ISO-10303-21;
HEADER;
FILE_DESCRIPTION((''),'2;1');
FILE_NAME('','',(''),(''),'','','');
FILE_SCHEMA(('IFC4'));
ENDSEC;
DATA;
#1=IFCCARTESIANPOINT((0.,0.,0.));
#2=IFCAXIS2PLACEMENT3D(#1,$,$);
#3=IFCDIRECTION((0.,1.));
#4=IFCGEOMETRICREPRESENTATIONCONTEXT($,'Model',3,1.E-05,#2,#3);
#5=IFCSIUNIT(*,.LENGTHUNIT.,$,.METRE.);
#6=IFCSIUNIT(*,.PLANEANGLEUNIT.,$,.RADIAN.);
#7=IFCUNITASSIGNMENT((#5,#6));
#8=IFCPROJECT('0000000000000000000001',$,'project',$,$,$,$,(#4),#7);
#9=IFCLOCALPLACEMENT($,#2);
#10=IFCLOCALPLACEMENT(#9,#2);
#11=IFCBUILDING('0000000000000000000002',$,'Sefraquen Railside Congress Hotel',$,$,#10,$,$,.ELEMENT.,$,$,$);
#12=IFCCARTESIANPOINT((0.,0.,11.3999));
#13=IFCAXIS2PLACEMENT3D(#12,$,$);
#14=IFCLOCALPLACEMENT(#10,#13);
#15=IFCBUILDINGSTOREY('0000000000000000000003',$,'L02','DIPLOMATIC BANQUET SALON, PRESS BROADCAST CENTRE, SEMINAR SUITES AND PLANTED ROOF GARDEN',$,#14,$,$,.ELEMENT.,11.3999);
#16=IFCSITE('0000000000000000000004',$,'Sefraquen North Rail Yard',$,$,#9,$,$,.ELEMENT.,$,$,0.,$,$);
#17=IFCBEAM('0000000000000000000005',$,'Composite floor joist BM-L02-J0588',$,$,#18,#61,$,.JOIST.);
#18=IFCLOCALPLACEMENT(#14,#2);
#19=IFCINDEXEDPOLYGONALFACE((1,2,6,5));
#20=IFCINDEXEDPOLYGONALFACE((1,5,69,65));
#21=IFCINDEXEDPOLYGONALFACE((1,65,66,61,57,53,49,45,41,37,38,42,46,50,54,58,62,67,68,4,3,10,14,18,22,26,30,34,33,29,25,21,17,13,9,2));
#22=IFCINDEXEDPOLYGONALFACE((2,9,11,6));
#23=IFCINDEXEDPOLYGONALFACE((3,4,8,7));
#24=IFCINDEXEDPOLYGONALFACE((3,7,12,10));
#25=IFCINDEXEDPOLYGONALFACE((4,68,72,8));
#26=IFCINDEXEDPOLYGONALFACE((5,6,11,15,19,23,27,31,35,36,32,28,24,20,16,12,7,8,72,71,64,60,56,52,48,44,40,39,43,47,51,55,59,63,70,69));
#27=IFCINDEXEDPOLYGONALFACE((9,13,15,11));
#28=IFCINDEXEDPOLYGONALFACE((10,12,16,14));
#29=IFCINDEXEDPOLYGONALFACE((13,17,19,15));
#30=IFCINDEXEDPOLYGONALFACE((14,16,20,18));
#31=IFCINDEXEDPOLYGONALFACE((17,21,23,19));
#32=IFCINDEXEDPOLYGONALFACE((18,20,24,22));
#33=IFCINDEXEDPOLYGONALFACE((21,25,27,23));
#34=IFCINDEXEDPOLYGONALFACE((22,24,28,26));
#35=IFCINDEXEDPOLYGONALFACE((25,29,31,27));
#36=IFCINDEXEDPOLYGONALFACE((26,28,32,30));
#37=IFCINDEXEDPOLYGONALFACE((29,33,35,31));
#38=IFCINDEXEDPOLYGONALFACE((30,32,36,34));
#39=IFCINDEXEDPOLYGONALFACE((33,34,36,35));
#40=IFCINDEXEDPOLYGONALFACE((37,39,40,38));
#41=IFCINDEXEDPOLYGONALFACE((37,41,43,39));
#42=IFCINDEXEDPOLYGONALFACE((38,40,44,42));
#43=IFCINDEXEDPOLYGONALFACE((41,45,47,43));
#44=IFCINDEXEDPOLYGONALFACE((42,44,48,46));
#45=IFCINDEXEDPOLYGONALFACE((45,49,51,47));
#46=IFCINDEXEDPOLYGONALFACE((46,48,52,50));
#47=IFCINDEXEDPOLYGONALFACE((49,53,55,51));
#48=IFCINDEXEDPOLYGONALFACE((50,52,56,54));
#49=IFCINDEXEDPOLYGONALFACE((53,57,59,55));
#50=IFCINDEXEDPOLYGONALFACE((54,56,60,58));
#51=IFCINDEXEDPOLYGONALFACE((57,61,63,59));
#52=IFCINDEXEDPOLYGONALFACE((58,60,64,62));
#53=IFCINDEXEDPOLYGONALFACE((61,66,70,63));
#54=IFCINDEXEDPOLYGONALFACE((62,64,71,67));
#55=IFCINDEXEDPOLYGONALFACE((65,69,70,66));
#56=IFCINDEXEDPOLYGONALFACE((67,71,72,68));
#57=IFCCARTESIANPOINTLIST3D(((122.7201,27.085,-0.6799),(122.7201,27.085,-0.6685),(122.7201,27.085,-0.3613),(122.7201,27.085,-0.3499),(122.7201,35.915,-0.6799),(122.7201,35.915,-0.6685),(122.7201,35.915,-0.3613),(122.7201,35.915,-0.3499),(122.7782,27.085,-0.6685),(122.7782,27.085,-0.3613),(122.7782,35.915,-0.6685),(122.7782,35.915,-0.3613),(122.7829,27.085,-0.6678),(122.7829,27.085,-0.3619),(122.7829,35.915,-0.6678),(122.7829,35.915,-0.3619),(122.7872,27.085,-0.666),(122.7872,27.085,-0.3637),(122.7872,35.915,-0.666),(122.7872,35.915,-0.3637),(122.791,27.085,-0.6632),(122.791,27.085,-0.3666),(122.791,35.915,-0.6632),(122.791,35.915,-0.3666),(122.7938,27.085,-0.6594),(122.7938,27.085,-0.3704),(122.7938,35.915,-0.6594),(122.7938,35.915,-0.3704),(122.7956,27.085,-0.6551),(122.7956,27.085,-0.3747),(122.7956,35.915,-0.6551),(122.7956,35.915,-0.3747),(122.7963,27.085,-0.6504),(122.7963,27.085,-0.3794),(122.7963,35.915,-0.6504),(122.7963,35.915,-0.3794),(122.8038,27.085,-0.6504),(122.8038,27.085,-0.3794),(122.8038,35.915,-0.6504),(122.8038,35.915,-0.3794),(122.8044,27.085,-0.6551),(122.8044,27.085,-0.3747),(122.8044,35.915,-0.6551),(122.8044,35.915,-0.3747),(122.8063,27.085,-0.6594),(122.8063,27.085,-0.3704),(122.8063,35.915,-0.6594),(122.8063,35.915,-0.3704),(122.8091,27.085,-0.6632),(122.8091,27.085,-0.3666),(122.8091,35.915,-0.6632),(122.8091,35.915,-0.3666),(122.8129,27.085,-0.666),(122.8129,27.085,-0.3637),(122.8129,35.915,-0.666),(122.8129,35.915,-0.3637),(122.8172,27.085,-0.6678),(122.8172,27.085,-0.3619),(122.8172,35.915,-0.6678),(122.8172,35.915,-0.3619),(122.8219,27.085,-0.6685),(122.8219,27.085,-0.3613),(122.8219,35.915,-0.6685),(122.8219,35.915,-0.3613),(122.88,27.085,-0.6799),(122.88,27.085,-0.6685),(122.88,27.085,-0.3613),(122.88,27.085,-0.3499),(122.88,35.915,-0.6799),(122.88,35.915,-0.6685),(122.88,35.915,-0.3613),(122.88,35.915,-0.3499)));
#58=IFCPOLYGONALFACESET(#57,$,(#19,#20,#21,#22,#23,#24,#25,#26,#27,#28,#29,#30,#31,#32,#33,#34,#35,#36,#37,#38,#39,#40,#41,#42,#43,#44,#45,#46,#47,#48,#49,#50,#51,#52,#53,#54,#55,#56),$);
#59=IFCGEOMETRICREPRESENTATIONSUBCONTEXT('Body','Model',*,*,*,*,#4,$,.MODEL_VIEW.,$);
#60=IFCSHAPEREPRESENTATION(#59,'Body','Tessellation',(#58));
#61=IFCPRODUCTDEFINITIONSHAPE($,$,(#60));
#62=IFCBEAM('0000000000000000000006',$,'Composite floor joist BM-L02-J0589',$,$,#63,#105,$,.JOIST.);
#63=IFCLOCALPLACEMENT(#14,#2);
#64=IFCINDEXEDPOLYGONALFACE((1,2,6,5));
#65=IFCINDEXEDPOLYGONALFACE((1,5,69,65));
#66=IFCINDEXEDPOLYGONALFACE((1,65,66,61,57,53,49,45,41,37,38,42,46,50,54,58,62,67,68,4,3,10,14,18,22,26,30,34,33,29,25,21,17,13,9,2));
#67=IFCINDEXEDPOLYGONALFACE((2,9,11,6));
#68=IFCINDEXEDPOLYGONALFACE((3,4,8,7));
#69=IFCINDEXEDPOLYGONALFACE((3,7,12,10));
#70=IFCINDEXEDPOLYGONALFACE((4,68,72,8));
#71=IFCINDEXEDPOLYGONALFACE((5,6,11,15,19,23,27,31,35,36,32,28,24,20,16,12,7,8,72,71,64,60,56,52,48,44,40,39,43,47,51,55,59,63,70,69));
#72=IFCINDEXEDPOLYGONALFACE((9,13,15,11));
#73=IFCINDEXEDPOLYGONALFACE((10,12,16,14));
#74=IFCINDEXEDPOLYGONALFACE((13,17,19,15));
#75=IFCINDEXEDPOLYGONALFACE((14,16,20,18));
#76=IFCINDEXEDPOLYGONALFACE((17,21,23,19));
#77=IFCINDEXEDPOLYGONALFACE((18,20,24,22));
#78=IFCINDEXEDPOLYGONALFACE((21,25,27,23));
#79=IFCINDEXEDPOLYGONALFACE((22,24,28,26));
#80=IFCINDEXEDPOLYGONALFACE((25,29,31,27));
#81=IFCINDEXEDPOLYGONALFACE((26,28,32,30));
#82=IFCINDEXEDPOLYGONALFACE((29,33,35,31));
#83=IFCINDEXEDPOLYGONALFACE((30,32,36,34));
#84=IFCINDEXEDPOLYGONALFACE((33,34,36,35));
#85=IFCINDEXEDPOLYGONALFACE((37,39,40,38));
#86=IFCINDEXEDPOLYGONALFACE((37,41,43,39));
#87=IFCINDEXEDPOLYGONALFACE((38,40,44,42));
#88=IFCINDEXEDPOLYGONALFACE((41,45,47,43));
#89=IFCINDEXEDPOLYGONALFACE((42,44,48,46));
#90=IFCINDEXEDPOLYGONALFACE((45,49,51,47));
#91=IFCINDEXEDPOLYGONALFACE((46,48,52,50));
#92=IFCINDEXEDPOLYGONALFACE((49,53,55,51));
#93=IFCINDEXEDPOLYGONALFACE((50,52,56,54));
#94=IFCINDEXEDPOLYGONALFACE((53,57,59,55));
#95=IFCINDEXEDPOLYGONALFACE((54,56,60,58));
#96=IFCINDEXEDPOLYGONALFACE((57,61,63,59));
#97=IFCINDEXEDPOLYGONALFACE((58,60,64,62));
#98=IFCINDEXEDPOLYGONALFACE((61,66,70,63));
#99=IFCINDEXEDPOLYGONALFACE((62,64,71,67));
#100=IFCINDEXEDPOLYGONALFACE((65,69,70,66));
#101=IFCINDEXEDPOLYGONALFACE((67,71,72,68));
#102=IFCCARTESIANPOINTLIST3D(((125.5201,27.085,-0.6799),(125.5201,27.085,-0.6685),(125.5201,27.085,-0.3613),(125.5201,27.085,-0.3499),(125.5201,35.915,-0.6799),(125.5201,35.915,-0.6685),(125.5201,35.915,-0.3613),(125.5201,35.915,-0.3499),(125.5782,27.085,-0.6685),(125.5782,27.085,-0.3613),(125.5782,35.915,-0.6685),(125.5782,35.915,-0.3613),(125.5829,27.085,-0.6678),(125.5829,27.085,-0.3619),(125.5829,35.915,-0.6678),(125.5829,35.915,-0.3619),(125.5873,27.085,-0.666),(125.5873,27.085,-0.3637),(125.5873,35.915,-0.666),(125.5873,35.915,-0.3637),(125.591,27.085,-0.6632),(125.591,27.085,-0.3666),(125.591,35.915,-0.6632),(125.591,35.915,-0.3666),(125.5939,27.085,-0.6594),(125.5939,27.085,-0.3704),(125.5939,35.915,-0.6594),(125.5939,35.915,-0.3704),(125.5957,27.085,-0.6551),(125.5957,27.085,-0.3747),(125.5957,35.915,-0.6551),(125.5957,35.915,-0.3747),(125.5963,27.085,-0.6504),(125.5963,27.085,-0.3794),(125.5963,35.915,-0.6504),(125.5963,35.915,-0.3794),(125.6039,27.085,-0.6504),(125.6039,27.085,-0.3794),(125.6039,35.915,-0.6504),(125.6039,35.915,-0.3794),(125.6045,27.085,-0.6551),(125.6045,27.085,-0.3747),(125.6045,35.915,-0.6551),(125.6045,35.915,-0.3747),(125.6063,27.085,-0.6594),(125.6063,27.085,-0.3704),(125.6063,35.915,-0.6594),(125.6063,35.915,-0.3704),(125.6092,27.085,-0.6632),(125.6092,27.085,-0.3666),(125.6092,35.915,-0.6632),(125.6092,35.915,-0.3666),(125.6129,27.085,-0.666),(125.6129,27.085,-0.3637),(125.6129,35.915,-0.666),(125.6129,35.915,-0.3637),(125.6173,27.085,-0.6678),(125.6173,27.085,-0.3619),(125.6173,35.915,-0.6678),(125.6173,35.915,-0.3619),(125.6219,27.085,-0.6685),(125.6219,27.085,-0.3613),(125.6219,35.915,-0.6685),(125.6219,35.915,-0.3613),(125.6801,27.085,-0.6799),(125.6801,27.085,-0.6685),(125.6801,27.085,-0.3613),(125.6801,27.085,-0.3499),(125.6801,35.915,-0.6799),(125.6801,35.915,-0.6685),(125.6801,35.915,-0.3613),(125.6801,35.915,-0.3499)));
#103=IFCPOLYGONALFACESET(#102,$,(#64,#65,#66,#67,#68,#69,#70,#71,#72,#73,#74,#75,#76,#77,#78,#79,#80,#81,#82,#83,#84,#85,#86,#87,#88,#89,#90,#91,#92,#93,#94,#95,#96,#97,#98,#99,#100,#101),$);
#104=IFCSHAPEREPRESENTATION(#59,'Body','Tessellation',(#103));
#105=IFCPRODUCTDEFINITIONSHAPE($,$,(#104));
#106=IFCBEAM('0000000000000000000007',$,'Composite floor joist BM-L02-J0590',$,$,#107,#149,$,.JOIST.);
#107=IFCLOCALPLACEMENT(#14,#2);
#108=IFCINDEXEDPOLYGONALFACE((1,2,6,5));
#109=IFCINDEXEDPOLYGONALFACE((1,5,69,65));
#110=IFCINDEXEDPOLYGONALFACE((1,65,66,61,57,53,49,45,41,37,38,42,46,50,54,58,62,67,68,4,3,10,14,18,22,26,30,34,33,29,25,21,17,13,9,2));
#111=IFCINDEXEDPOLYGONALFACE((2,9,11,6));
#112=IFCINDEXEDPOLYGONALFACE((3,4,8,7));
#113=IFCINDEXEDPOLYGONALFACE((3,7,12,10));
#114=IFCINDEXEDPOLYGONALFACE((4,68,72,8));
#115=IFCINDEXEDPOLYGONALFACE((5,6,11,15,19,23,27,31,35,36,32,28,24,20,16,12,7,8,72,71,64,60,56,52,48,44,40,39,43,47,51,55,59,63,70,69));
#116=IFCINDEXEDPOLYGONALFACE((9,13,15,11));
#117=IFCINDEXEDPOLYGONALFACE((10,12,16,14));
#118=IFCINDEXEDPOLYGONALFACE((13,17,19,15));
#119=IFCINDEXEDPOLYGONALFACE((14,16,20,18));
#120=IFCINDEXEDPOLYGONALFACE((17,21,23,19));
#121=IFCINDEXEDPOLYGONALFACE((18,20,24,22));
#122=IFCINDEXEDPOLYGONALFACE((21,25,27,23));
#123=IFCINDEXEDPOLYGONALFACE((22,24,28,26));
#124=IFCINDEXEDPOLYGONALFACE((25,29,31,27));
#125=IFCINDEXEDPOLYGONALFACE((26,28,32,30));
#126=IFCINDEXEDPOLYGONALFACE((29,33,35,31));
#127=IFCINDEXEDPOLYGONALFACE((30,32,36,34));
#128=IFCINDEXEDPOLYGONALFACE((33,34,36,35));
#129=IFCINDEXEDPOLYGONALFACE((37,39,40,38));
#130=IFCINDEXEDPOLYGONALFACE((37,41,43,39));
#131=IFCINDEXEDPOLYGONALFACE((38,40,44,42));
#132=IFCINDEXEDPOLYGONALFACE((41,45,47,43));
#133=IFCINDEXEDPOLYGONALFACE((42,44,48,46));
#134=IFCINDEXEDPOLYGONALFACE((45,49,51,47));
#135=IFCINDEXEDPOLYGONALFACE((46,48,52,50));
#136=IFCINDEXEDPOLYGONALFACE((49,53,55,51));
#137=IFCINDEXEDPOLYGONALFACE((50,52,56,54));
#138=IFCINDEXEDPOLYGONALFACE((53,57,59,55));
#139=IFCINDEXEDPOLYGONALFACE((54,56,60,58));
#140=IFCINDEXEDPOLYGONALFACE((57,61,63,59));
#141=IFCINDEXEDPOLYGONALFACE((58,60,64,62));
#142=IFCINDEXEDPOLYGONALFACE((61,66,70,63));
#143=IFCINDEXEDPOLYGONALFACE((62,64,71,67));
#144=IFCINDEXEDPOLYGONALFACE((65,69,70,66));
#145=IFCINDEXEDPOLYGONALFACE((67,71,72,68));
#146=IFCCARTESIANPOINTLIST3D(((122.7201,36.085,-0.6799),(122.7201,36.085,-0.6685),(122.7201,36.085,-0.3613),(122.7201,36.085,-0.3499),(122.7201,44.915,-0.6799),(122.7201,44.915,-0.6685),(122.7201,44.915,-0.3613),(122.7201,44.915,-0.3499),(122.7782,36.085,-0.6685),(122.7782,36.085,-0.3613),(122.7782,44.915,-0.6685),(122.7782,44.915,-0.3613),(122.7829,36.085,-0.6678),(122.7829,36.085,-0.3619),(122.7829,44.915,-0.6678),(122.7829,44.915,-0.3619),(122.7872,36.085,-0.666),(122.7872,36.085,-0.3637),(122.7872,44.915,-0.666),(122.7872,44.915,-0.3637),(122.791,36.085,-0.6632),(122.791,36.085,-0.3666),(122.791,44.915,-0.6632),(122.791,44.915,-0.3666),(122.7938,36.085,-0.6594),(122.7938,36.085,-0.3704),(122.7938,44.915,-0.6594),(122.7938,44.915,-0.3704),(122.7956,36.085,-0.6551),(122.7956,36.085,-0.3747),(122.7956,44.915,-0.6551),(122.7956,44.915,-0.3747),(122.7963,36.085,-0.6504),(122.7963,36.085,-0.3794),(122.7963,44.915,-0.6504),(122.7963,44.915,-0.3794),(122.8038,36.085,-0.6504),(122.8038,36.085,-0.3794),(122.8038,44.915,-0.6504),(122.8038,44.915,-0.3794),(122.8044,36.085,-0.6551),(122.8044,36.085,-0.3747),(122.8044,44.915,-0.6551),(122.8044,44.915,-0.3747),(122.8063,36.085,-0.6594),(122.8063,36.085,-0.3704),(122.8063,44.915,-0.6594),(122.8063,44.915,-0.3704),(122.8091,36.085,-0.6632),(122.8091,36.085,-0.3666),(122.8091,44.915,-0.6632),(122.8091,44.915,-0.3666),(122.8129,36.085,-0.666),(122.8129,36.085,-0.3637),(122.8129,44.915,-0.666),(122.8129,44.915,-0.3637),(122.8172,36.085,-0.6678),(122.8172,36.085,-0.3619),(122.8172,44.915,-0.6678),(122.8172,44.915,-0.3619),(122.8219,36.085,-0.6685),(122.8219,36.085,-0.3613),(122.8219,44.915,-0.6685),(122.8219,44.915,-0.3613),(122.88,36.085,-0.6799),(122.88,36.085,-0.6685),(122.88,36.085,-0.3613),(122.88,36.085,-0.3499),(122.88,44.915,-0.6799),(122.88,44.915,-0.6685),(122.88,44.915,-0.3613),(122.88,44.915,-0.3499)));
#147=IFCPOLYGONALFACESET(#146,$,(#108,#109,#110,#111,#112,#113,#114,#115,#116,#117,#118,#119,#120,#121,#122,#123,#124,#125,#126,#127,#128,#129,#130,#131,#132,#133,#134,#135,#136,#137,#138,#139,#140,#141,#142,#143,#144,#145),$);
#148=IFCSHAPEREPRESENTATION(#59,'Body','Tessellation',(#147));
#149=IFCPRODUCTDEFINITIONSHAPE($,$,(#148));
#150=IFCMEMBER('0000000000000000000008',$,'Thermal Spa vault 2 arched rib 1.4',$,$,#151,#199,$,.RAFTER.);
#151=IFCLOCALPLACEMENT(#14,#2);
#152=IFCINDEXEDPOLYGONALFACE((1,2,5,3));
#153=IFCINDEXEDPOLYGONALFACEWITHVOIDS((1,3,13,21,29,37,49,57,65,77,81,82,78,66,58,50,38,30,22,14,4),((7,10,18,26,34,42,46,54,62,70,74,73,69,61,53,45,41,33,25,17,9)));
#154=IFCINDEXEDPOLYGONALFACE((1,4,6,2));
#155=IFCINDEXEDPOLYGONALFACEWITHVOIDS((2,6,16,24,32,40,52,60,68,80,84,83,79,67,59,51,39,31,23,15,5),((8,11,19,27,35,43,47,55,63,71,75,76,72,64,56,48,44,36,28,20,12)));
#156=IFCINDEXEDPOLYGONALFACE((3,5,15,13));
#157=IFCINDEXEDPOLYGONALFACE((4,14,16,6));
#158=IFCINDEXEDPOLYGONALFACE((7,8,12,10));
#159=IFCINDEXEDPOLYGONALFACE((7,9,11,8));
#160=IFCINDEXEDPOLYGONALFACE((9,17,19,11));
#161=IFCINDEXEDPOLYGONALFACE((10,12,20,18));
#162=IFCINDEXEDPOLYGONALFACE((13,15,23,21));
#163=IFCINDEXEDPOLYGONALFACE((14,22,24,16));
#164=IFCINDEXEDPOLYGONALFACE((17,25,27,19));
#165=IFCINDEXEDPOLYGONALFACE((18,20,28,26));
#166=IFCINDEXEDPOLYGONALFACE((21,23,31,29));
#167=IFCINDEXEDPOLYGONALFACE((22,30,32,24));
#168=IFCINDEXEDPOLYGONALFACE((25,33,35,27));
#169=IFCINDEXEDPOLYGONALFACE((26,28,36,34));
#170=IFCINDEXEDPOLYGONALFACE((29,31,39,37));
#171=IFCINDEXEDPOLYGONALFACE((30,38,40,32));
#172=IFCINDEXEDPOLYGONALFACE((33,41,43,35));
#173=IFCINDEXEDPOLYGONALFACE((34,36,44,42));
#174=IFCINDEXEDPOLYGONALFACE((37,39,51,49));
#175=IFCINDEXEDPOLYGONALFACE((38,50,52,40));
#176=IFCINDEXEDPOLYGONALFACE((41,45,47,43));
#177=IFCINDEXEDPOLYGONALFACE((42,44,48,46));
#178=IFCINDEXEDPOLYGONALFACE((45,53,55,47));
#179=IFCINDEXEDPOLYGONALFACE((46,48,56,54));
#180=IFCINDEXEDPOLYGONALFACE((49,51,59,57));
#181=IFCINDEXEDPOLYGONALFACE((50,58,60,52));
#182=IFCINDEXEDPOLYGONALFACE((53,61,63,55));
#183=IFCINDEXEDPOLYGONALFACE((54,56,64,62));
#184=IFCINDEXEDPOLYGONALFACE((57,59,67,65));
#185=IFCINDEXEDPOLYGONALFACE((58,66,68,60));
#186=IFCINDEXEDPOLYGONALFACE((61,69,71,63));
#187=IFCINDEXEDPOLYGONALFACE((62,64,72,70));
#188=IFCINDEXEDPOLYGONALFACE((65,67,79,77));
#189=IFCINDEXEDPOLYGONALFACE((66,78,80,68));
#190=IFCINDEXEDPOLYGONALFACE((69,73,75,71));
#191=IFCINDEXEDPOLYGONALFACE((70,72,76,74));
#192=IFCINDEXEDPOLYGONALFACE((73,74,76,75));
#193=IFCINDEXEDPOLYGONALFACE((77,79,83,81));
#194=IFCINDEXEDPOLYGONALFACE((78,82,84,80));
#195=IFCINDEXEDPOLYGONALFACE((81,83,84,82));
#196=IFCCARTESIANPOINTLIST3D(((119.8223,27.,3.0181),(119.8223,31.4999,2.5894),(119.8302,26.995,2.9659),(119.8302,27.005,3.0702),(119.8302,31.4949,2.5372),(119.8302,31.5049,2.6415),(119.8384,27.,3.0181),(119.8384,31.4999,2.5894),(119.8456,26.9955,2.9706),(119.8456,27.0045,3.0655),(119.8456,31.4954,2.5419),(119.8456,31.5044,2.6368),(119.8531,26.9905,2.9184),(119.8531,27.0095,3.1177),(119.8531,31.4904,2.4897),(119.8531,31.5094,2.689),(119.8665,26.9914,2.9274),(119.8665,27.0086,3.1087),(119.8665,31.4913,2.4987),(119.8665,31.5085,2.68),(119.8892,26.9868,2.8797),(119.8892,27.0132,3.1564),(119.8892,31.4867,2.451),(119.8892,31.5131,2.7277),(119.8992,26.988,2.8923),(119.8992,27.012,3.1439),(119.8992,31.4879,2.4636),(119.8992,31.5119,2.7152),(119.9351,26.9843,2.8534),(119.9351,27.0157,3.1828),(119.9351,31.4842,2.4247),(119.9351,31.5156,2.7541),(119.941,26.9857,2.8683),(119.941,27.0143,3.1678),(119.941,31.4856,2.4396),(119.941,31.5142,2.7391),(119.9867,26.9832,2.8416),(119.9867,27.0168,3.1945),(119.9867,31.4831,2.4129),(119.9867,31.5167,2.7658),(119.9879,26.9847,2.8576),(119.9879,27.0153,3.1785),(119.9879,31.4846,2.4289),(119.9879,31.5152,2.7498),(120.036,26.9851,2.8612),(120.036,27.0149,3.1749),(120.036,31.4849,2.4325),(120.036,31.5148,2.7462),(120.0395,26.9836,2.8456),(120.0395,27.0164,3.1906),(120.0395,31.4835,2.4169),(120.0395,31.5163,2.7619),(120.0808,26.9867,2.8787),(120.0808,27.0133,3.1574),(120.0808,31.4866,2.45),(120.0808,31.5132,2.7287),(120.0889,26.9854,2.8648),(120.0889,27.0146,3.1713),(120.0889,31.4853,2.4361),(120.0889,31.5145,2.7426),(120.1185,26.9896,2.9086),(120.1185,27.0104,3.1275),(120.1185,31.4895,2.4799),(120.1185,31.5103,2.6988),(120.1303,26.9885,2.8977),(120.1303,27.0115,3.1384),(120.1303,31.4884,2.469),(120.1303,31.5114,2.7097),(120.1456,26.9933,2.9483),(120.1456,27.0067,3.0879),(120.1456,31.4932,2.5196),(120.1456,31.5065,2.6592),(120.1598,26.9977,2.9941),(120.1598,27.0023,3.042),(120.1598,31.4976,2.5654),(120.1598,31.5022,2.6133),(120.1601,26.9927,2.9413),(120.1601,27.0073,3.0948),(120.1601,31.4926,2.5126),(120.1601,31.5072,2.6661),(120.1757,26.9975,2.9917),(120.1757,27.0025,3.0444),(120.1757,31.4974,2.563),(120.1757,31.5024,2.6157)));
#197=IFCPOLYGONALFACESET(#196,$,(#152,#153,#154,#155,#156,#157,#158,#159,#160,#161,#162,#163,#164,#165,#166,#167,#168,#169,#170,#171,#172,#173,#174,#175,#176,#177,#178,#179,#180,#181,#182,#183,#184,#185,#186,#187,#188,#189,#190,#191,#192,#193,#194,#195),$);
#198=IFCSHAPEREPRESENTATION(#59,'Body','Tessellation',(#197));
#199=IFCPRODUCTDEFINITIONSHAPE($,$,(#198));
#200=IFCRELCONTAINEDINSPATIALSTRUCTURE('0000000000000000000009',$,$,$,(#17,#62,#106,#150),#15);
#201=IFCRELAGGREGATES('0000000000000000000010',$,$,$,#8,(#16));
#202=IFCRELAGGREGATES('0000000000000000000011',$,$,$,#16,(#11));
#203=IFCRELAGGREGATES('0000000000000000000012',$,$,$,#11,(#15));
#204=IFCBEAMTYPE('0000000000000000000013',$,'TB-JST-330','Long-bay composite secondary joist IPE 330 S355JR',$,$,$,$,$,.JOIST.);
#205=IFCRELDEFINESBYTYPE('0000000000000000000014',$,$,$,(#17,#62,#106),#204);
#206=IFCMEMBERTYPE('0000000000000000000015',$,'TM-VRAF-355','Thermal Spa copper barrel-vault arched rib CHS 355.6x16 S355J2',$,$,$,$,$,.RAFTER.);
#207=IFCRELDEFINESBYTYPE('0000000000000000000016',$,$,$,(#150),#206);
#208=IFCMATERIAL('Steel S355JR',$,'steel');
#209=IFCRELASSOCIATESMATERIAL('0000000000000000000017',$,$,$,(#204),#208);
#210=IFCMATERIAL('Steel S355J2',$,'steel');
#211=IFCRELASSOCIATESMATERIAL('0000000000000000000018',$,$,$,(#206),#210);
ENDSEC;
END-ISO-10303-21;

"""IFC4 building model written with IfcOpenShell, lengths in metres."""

from ifc_helpers import new_model, si_unit, direction, frame, origin, origin_2d, place, context, subcontext, project, spatial, hollow_circle, i_section, extrude, material, material_profile, profile_set, type_object, element, save


model = new_model("IFC4")

# Units and contexts
model_context = context("Model", 3, precision=1e-05, world=origin(), true_north=direction((0.0, 1.0)))
body_context = subcontext(model_context, "Body", "Model", "MODEL_VIEW")
ifc_project = project(units=[si_unit("LENGTHUNIT", "METRE"), si_unit("PLANEANGLEUNIT", "RADIAN")], contexts=[model_context])

# Site, building, storey
site_placement = place(None, origin())
site = spatial("IfcSite", under=ifc_project, at=site_placement, Name="Sefraquen North Rail Yard", CompositionType="ELEMENT", RefElevation=0.0)
building_placement = place(site_placement, origin())
building = spatial("IfcBuilding", under=site, at=building_placement, Name="Sefraquen Railside Congress Hotel", CompositionType="ELEMENT")
storey_placement = place(building_placement, frame((0.0, 0.0, 11.3999)))
storey = spatial("IfcBuildingStorey", under=building, at=storey_placement, Name="L02", Description="DIPLOMATIC BANQUET SALON, PRESS BROADCAST CENTRE, SEMINAR SUITES AND PLANTED ROOF GARDEN", CompositionType="ELEMENT", Elevation=11.3999)

# Beams
ifc_material_1 = material(Name="Steel S355JR", Category="steel")
ifc_material_profile_1 = material_profile(ifc_material_1, i_section(OverallWidth=0.1599, OverallDepth=0.3301, WebThickness=0.0076, FlangeThickness=0.0115, FilletRadius=0.0181, at=origin_2d()), Name="IPE 330")
ifc_profile_set_1 = profile_set([ifc_material_profile_1], Name="Steel S355JR")
beam_type_1 = type_object("IfcBeamType", Name="TB-JST-330", Description="Long-bay composite secondary joist IPE 330 S355JR", PredefinedType="JOIST", material=ifc_profile_set_1)
for number, where, z_axis, x_axis, name in (
    (1, (122.8, 27.085, -0.5149), (0.0, 1.0, 0.0), (-1.0, 0.0, 0.0), "Composite floor joist BM-L02-J0588"),
    (2, (125.6001, 27.085, -0.5149), (0.0, 1.0, 0.0), (-1.0, 0.0, 0.0), "Composite floor joist BM-L02-J0589"),
    (3, (122.8, 36.085, -0.5149), (0.0, 1.0, 0.0), (-1.0, 0.0, 0.0), "Composite floor joist BM-L02-J0590"),
):
    element("IfcBeam", number, at=place(storey_placement, frame(where, z_axis=z_axis, x_axis=x_axis)), inside=storey, type_object=beam_type_1, Name=name, PredefinedType="JOIST", context=body_context, shape_type="SweptSolid", body=[
        extrude(i_section(OverallWidth=0.1599, OverallDepth=0.3301, WebThickness=0.0076, FlangeThickness=0.0115, FilletRadius=0.0181, at=origin_2d()), origin(), (0.0, 0.0, 1.0), 8.8301),
    ])

# Member
ifc_material_2 = material(Name="Steel S355J2", Category="steel")
ifc_material_profile_2 = material_profile(ifc_material_2, hollow_circle(Radius=0.1777, WallThickness=0.0161, at=origin_2d()), Name="CHS 355.6x16")
ifc_profile_set_2 = profile_set([ifc_material_profile_2], Name="Steel S355J2")
member_type = type_object("IfcMemberType", Name="TM-VRAF-355", Description="Thermal Spa copper barrel-vault arched rib CHS 355.6x16 S355J2", PredefinedType="RAFTER", material=ifc_profile_set_2)
member_1_placement = place(storey_placement, frame((120.0, 27.0, 3.0181), z_axis=(0.0, 0.995493, -0.09484), x_axis=(-1.0, 0.0, 0.0)))
element("IfcMember", 4, at=member_1_placement, inside=storey, type_object=member_type, Name="Thermal Spa vault 2 arched rib 1.4", PredefinedType="RAFTER", context=body_context, shape_type="SweptSolid", body=[
    extrude(hollow_circle(Radius=0.1777, WallThickness=0.0161, at=origin_2d()), origin(), (0.0, 0.0, 1.0), 4.5203),
])

save(model, "model.ifc")
